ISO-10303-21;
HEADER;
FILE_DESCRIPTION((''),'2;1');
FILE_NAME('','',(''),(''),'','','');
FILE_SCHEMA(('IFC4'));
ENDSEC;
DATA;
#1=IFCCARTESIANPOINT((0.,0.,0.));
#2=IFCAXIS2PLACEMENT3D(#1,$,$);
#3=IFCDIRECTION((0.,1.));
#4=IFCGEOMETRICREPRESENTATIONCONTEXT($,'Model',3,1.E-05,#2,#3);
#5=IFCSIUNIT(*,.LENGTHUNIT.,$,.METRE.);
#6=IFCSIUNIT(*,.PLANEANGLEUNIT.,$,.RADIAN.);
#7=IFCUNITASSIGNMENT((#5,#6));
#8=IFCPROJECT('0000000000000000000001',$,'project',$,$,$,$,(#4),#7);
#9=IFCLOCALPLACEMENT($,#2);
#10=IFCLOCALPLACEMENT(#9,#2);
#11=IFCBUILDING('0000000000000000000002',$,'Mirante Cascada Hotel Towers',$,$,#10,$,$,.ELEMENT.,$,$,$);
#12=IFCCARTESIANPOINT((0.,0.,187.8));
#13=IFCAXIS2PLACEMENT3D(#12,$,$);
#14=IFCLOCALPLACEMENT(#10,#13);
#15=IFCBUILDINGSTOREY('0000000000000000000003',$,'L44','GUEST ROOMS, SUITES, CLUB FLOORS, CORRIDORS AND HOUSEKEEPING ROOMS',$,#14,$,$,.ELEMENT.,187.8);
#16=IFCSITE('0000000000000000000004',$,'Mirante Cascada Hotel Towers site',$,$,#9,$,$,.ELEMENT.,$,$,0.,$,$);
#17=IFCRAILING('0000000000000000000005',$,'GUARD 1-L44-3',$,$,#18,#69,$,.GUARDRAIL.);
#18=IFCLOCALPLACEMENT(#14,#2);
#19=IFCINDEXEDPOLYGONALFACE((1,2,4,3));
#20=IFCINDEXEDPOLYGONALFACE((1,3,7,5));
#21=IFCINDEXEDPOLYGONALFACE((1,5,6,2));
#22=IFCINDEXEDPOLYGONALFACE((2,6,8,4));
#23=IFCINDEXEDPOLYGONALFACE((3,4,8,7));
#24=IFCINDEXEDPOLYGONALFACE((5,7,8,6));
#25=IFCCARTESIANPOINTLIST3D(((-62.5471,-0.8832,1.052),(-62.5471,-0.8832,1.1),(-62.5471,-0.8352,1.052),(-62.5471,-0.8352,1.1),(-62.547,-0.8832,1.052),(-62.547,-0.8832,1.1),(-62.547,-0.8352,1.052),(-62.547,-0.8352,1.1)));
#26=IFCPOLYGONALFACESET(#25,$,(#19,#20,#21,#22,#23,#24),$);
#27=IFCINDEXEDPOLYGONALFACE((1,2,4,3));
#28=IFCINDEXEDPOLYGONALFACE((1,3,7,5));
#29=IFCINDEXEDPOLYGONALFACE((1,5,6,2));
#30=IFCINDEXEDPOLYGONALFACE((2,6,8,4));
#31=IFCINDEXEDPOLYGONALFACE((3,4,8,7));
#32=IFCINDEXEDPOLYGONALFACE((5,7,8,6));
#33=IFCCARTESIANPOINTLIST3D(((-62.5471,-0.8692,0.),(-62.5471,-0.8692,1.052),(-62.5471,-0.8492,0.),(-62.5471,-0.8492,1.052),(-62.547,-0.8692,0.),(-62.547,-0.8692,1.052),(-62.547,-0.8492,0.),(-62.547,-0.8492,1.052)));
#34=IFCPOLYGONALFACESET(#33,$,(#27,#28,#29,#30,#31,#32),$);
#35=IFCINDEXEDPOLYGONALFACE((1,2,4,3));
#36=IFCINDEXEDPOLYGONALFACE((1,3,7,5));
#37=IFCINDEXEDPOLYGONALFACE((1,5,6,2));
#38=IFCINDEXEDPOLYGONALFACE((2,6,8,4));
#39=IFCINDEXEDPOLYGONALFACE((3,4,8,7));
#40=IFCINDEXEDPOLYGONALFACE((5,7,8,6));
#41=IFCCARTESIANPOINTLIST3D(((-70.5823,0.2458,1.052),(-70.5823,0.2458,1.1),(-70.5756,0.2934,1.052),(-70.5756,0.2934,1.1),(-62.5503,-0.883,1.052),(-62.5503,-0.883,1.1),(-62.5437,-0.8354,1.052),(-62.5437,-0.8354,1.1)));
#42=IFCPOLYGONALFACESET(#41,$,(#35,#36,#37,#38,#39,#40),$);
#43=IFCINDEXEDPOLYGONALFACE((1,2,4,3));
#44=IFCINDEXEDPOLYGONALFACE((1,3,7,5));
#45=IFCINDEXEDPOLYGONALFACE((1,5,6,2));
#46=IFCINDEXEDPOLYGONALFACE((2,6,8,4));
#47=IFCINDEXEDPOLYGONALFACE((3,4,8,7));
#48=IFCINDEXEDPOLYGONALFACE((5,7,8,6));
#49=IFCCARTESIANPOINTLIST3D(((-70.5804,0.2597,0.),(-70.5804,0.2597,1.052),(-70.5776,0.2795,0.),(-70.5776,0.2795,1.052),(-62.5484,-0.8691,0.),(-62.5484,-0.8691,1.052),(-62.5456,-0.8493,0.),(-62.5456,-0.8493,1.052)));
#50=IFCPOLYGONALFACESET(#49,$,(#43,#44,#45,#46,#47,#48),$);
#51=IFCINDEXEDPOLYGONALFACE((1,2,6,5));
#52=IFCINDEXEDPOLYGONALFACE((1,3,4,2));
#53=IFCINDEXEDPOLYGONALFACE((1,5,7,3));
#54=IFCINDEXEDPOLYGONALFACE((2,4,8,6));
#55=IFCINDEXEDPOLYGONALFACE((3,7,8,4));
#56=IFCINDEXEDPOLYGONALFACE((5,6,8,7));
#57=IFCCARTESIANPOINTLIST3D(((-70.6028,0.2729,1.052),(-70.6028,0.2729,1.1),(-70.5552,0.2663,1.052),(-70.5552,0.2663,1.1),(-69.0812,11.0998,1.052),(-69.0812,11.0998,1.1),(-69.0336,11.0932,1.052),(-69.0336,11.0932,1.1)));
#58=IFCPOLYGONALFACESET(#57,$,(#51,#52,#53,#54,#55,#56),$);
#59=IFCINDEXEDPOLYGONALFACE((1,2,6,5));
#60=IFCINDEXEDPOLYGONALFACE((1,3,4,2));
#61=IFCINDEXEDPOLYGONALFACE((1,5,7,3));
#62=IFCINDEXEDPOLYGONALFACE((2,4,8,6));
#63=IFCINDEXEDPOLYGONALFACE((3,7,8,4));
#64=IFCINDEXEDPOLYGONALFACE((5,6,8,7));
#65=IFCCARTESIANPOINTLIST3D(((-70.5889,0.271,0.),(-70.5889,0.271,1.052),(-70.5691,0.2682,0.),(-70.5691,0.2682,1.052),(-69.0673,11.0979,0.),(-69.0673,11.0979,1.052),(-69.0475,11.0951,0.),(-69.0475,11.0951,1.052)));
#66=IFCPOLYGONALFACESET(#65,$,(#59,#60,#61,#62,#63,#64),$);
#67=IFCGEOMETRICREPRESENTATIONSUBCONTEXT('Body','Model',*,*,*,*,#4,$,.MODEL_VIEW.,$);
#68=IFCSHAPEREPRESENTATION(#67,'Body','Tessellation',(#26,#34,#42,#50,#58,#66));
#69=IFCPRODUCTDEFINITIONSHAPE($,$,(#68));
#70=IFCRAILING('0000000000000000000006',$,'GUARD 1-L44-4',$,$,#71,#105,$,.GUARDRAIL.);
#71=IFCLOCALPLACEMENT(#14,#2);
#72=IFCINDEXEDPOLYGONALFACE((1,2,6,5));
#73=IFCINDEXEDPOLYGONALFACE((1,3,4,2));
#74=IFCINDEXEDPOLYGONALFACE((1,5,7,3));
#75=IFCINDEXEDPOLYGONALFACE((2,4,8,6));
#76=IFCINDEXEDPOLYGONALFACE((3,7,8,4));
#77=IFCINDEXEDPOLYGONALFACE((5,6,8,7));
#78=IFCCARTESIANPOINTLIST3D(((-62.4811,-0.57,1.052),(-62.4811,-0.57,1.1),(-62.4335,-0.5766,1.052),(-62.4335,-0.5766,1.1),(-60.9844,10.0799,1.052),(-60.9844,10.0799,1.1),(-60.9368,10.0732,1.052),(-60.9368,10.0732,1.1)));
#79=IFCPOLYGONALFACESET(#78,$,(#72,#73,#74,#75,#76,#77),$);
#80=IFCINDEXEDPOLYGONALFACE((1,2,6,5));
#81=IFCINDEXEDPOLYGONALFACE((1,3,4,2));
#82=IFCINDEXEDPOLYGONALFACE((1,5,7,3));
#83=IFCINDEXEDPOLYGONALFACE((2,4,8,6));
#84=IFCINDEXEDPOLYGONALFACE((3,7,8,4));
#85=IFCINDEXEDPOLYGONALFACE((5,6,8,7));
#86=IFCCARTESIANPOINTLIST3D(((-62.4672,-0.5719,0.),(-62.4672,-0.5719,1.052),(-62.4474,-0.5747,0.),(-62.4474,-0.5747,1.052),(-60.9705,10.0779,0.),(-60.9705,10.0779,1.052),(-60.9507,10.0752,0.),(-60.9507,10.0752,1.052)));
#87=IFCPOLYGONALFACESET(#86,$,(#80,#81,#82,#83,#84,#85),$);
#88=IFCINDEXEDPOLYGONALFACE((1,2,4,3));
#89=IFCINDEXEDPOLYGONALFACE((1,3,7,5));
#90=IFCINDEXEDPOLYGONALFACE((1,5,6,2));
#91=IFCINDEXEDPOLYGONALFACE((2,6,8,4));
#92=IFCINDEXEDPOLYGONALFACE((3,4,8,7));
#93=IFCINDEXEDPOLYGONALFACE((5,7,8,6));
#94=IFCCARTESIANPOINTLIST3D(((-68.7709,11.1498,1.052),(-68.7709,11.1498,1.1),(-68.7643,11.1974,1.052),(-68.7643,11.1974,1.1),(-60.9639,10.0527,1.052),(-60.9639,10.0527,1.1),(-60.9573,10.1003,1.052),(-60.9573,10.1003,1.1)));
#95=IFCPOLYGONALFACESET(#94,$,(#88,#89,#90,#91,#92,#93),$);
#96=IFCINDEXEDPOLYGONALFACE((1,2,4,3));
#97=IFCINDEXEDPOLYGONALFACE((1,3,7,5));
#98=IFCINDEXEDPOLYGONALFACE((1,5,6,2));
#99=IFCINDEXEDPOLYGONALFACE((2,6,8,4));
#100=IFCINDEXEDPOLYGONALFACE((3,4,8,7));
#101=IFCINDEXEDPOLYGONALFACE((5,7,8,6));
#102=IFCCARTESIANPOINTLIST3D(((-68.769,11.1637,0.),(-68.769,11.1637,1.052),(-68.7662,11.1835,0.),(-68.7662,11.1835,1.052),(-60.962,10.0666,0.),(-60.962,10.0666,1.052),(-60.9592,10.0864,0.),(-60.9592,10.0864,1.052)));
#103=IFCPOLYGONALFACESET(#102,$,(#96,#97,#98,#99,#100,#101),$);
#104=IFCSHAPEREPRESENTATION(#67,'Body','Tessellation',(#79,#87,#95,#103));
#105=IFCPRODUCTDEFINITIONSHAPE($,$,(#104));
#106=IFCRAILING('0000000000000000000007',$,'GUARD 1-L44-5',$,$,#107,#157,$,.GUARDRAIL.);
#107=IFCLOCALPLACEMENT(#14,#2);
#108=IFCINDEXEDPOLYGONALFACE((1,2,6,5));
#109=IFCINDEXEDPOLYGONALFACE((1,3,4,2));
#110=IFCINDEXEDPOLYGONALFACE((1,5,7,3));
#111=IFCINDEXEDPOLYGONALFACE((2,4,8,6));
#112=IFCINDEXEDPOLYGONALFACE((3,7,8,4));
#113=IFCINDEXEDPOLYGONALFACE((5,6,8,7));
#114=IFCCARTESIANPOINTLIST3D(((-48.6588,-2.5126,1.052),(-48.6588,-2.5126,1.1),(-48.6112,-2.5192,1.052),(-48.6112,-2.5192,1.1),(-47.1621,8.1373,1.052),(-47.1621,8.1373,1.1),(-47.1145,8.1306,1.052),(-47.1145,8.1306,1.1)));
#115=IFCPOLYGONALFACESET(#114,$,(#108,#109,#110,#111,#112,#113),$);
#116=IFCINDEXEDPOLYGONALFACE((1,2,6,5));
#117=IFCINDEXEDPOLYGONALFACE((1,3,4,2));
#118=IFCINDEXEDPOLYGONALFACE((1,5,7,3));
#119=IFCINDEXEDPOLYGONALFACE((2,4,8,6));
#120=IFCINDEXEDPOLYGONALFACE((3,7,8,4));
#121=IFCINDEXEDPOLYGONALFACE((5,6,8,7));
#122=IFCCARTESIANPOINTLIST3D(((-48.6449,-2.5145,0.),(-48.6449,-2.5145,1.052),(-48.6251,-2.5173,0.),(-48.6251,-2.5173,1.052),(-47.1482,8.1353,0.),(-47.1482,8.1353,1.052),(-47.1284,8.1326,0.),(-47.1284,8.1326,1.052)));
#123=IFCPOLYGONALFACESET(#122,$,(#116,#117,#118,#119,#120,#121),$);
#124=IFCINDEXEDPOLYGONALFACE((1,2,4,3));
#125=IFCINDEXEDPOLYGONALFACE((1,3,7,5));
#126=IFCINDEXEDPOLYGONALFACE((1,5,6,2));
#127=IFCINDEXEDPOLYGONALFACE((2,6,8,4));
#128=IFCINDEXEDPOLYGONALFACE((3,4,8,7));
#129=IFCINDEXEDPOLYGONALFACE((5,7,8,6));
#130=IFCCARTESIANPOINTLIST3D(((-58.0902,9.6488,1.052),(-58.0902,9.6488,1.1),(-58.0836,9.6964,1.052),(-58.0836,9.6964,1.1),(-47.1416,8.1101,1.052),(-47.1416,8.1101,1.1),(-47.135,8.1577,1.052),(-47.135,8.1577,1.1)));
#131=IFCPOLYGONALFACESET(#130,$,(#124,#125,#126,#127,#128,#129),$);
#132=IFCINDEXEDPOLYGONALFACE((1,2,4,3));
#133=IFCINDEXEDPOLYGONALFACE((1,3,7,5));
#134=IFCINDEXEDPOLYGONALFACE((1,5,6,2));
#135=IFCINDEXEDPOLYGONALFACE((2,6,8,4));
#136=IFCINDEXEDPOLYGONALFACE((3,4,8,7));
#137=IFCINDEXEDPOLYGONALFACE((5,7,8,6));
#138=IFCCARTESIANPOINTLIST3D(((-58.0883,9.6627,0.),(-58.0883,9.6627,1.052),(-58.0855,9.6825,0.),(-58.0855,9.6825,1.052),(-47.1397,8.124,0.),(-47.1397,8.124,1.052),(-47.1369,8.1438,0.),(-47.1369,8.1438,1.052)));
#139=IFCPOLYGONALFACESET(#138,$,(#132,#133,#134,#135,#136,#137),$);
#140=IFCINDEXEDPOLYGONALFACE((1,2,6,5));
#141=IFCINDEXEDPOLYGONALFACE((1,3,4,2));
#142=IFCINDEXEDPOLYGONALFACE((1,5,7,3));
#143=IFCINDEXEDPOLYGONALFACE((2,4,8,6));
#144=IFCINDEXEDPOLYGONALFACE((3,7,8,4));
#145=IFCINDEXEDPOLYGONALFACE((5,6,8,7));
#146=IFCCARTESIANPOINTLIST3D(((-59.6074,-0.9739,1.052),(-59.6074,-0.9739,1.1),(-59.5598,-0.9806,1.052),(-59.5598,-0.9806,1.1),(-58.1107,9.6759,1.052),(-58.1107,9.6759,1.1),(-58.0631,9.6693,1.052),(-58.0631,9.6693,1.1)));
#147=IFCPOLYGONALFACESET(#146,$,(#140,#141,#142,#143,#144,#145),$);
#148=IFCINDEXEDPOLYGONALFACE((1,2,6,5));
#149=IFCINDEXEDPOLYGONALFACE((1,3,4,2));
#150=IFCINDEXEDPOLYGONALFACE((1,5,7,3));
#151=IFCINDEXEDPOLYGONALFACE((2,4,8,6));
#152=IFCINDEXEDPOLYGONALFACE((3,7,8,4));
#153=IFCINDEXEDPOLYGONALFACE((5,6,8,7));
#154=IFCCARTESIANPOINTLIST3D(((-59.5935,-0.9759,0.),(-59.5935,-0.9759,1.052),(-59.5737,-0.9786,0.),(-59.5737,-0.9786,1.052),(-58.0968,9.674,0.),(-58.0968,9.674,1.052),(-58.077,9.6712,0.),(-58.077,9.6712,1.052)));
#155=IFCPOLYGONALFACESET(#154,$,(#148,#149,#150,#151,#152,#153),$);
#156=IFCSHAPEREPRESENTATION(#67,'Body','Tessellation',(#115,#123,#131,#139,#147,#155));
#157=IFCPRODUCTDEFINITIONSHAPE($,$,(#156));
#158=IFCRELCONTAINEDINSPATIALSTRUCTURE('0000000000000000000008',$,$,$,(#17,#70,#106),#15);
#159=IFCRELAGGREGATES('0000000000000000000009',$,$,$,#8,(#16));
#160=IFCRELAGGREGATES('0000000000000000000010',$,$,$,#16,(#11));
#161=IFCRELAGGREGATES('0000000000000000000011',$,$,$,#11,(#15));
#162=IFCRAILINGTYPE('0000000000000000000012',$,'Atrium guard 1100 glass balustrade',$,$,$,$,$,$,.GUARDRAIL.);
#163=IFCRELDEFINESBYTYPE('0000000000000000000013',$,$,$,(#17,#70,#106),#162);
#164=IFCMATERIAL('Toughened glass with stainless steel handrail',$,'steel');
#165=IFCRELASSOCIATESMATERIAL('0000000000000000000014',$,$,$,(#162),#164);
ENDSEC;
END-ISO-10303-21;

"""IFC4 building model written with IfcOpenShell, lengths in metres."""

from ifc_helpers import new_model, si_unit, direction, frame, origin, origin_2d, place, context, subcontext, project, spatial, rectangle, extrude, material, type_object, element, save


model = new_model("IFC4")

# Units and contexts
model_context = context("Model", 3, precision=1e-05, world=origin(), true_north=direction((0.0, 1.0)))
body_context = subcontext(model_context, "Body", "Model", "MODEL_VIEW")
ifc_project = project(units=[si_unit("LENGTHUNIT", "METRE"), si_unit("PLANEANGLEUNIT", "RADIAN")], contexts=[model_context])

# Site, building, storey
site_placement = place(None, origin())
site = spatial("IfcSite", under=ifc_project, at=site_placement, Name="Mirante Cascada Hotel Towers site", CompositionType="ELEMENT", RefElevation=0.0)
building_placement = place(site_placement, origin())
building = spatial("IfcBuilding", under=site, at=building_placement, Name="Mirante Cascada Hotel Towers", CompositionType="ELEMENT")
storey_placement = place(building_placement, frame((0.0, 0.0, 187.8)))
storey = spatial("IfcBuildingStorey", under=building, at=storey_placement, Name="L44", Description="GUEST ROOMS, SUITES, CLUB FLOORS, CORRIDORS AND HOUSEKEEPING ROOMS", CompositionType="ELEMENT", Elevation=187.8)

# Railings
ifc_material_1 = material(Name="Toughened glass with stainless steel handrail", Category="steel")
railing_type_1 = type_object("IfcRailingType", Name="Atrium guard 1100 glass balustrade", PredefinedType="GUARDRAIL", material=ifc_material_1)
railing_1_placement = place(storey_placement, frame((-62.5471, -0.8592, 0.0)))
element("IfcRailing", 1, at=railing_1_placement, inside=storey, type_object=railing_type_1, Name="GUARD 1-L44-3", PredefinedType="GUARDRAIL", context=body_context, shape_type="SweptSolid", body=[
    extrude(rectangle(XDim=0.048, YDim=0.048, at=origin_2d()), frame((0.0, 0.0, 1.076), z_axis=(1.0, 0.0, 0.0), x_axis=(0.0, 1.0, 0.0)), (0.0, 0.0, 1.0), 0.0001),
    extrude(rectangle(XDim=0.02, YDim=1.052, at=origin_2d()), frame((0.0, 0.0, 0.526), z_axis=(1.0, 0.0, 0.0), x_axis=(0.0, 1.0, 0.0)), (0.0, 0.0, 1.0), 0.0001),
    extrude(rectangle(XDim=0.048, YDim=0.048, at=origin_2d()), frame((0.0001, 0.0, 1.076), z_axis=(-0.990268, 0.13917, 0.0), x_axis=(-0.13917, -0.990268, 0.0)), (0.0, 0.0, 1.0), 8.1109),
    extrude(rectangle(XDim=0.02, YDim=1.052, at=origin_2d()), frame((0.0001, 0.0, 0.526), z_axis=(-0.990268, 0.13917, 0.0), x_axis=(-0.13917, -0.990268, 0.0)), (0.0, 0.0, 1.0), 8.1109),
    extrude(rectangle(XDim=0.048, YDim=0.048, at=origin_2d()), frame((-8.0319, 1.1288, 1.076), z_axis=(0.139171, 0.990268, 0.0), x_axis=(-0.990268, 0.139171, 0.0)), (0.0, 0.0, 1.0), 10.9333),
    extrude(rectangle(XDim=0.02, YDim=1.052, at=origin_2d()), frame((-8.0319, 1.1288, 0.526), z_axis=(0.139171, 0.990268, 0.0), x_axis=(-0.990268, 0.139171, 0.0)), (0.0, 0.0, 1.0), 10.9333),
])
railing_2_placement = place(storey_placement, frame((-62.4573, -0.5733, 0.0)))
element("IfcRailing", 2, at=railing_2_placement, inside=storey, type_object=railing_type_1, Name="GUARD 1-L44-4", PredefinedType="GUARDRAIL", context=body_context, shape_type="SweptSolid", body=[
    extrude(rectangle(XDim=0.048, YDim=0.048, at=origin_2d()), frame((0.0, 0.0, 1.076), z_axis=(0.13917, 0.990268, 0.0), x_axis=(-0.990268, 0.13917, 0.0)), (0.0, 0.0, 1.0), 10.7545),
    extrude(rectangle(XDim=0.02, YDim=1.052, at=origin_2d()), frame((0.0, 0.0, 0.526), z_axis=(0.13917, 0.990268, 0.0), x_axis=(-0.990268, 0.13917, 0.0)), (0.0, 0.0, 1.0), 10.7545),
    extrude(rectangle(XDim=0.048, YDim=0.048, at=origin_2d()), frame((1.4967, 10.6498, 1.076), z_axis=(-0.99027, 0.13916, 0.0), x_axis=(-0.13916, -0.99027, 0.0)), (0.0, 0.0, 1.0), 7.8837),
    extrude(rectangle(XDim=0.02, YDim=1.052, at=origin_2d()), frame((1.4967, 10.6498, 0.526), z_axis=(-0.99027, 0.13916, 0.0), x_axis=(-0.13916, -0.99027, 0.0)), (0.0, 0.0, 1.0), 7.8837),
])
railing_3_placement = place(storey_placement, frame((-48.635, -2.5159, 0.0)))
element("IfcRailing", 3, at=railing_3_placement, inside=storey, type_object=railing_type_1, Name="GUARD 1-L44-5", PredefinedType="GUARDRAIL", context=body_context, shape_type="SweptSolid", body=[
    extrude(rectangle(XDim=0.048, YDim=0.048, at=origin_2d()), frame((0.0, 0.0, 1.076), z_axis=(0.13917, 0.990268, 0.0), x_axis=(-0.990268, 0.13917, 0.0)), (0.0, 0.0, 1.0), 10.7545),
    extrude(rectangle(XDim=0.02, YDim=1.052, at=origin_2d()), frame((0.0, 0.0, 0.526), z_axis=(0.13917, 0.990268, 0.0), x_axis=(-0.990268, 0.13917, 0.0)), (0.0, 0.0, 1.0), 10.7545),
    extrude(rectangle(XDim=0.048, YDim=0.048, at=origin_2d()), frame((1.4967, 10.6498, 1.076), z_axis=(-0.990268, 0.139171, 0.0), x_axis=(-0.139171, -0.990268, 0.0)), (0.0, 0.0, 1.0), 11.0562),
    extrude(rectangle(XDim=0.02, YDim=1.052, at=origin_2d()), frame((1.4967, 10.6498, 0.526), z_axis=(-0.990268, 0.139171, 0.0), x_axis=(-0.139171, -0.990268, 0.0)), (0.0, 0.0, 1.0), 11.0562),
    extrude(rectangle(XDim=0.048, YDim=0.048, at=origin_2d()), frame((-9.4519, 12.1885, 1.076), z_axis=(-0.13917, -0.990268, 0.0), x_axis=(0.990268, -0.13917, 0.0)), (0.0, 0.0, 1.0), 10.7545),
    extrude(rectangle(XDim=0.02, YDim=1.052, at=origin_2d()), frame((-9.4519, 12.1885, 0.526), z_axis=(-0.13917, -0.990268, 0.0), x_axis=(0.990268, -0.13917, 0.0)), (0.0, 0.0, 1.0), 10.7545),
])

save(model, "model.ifc")
